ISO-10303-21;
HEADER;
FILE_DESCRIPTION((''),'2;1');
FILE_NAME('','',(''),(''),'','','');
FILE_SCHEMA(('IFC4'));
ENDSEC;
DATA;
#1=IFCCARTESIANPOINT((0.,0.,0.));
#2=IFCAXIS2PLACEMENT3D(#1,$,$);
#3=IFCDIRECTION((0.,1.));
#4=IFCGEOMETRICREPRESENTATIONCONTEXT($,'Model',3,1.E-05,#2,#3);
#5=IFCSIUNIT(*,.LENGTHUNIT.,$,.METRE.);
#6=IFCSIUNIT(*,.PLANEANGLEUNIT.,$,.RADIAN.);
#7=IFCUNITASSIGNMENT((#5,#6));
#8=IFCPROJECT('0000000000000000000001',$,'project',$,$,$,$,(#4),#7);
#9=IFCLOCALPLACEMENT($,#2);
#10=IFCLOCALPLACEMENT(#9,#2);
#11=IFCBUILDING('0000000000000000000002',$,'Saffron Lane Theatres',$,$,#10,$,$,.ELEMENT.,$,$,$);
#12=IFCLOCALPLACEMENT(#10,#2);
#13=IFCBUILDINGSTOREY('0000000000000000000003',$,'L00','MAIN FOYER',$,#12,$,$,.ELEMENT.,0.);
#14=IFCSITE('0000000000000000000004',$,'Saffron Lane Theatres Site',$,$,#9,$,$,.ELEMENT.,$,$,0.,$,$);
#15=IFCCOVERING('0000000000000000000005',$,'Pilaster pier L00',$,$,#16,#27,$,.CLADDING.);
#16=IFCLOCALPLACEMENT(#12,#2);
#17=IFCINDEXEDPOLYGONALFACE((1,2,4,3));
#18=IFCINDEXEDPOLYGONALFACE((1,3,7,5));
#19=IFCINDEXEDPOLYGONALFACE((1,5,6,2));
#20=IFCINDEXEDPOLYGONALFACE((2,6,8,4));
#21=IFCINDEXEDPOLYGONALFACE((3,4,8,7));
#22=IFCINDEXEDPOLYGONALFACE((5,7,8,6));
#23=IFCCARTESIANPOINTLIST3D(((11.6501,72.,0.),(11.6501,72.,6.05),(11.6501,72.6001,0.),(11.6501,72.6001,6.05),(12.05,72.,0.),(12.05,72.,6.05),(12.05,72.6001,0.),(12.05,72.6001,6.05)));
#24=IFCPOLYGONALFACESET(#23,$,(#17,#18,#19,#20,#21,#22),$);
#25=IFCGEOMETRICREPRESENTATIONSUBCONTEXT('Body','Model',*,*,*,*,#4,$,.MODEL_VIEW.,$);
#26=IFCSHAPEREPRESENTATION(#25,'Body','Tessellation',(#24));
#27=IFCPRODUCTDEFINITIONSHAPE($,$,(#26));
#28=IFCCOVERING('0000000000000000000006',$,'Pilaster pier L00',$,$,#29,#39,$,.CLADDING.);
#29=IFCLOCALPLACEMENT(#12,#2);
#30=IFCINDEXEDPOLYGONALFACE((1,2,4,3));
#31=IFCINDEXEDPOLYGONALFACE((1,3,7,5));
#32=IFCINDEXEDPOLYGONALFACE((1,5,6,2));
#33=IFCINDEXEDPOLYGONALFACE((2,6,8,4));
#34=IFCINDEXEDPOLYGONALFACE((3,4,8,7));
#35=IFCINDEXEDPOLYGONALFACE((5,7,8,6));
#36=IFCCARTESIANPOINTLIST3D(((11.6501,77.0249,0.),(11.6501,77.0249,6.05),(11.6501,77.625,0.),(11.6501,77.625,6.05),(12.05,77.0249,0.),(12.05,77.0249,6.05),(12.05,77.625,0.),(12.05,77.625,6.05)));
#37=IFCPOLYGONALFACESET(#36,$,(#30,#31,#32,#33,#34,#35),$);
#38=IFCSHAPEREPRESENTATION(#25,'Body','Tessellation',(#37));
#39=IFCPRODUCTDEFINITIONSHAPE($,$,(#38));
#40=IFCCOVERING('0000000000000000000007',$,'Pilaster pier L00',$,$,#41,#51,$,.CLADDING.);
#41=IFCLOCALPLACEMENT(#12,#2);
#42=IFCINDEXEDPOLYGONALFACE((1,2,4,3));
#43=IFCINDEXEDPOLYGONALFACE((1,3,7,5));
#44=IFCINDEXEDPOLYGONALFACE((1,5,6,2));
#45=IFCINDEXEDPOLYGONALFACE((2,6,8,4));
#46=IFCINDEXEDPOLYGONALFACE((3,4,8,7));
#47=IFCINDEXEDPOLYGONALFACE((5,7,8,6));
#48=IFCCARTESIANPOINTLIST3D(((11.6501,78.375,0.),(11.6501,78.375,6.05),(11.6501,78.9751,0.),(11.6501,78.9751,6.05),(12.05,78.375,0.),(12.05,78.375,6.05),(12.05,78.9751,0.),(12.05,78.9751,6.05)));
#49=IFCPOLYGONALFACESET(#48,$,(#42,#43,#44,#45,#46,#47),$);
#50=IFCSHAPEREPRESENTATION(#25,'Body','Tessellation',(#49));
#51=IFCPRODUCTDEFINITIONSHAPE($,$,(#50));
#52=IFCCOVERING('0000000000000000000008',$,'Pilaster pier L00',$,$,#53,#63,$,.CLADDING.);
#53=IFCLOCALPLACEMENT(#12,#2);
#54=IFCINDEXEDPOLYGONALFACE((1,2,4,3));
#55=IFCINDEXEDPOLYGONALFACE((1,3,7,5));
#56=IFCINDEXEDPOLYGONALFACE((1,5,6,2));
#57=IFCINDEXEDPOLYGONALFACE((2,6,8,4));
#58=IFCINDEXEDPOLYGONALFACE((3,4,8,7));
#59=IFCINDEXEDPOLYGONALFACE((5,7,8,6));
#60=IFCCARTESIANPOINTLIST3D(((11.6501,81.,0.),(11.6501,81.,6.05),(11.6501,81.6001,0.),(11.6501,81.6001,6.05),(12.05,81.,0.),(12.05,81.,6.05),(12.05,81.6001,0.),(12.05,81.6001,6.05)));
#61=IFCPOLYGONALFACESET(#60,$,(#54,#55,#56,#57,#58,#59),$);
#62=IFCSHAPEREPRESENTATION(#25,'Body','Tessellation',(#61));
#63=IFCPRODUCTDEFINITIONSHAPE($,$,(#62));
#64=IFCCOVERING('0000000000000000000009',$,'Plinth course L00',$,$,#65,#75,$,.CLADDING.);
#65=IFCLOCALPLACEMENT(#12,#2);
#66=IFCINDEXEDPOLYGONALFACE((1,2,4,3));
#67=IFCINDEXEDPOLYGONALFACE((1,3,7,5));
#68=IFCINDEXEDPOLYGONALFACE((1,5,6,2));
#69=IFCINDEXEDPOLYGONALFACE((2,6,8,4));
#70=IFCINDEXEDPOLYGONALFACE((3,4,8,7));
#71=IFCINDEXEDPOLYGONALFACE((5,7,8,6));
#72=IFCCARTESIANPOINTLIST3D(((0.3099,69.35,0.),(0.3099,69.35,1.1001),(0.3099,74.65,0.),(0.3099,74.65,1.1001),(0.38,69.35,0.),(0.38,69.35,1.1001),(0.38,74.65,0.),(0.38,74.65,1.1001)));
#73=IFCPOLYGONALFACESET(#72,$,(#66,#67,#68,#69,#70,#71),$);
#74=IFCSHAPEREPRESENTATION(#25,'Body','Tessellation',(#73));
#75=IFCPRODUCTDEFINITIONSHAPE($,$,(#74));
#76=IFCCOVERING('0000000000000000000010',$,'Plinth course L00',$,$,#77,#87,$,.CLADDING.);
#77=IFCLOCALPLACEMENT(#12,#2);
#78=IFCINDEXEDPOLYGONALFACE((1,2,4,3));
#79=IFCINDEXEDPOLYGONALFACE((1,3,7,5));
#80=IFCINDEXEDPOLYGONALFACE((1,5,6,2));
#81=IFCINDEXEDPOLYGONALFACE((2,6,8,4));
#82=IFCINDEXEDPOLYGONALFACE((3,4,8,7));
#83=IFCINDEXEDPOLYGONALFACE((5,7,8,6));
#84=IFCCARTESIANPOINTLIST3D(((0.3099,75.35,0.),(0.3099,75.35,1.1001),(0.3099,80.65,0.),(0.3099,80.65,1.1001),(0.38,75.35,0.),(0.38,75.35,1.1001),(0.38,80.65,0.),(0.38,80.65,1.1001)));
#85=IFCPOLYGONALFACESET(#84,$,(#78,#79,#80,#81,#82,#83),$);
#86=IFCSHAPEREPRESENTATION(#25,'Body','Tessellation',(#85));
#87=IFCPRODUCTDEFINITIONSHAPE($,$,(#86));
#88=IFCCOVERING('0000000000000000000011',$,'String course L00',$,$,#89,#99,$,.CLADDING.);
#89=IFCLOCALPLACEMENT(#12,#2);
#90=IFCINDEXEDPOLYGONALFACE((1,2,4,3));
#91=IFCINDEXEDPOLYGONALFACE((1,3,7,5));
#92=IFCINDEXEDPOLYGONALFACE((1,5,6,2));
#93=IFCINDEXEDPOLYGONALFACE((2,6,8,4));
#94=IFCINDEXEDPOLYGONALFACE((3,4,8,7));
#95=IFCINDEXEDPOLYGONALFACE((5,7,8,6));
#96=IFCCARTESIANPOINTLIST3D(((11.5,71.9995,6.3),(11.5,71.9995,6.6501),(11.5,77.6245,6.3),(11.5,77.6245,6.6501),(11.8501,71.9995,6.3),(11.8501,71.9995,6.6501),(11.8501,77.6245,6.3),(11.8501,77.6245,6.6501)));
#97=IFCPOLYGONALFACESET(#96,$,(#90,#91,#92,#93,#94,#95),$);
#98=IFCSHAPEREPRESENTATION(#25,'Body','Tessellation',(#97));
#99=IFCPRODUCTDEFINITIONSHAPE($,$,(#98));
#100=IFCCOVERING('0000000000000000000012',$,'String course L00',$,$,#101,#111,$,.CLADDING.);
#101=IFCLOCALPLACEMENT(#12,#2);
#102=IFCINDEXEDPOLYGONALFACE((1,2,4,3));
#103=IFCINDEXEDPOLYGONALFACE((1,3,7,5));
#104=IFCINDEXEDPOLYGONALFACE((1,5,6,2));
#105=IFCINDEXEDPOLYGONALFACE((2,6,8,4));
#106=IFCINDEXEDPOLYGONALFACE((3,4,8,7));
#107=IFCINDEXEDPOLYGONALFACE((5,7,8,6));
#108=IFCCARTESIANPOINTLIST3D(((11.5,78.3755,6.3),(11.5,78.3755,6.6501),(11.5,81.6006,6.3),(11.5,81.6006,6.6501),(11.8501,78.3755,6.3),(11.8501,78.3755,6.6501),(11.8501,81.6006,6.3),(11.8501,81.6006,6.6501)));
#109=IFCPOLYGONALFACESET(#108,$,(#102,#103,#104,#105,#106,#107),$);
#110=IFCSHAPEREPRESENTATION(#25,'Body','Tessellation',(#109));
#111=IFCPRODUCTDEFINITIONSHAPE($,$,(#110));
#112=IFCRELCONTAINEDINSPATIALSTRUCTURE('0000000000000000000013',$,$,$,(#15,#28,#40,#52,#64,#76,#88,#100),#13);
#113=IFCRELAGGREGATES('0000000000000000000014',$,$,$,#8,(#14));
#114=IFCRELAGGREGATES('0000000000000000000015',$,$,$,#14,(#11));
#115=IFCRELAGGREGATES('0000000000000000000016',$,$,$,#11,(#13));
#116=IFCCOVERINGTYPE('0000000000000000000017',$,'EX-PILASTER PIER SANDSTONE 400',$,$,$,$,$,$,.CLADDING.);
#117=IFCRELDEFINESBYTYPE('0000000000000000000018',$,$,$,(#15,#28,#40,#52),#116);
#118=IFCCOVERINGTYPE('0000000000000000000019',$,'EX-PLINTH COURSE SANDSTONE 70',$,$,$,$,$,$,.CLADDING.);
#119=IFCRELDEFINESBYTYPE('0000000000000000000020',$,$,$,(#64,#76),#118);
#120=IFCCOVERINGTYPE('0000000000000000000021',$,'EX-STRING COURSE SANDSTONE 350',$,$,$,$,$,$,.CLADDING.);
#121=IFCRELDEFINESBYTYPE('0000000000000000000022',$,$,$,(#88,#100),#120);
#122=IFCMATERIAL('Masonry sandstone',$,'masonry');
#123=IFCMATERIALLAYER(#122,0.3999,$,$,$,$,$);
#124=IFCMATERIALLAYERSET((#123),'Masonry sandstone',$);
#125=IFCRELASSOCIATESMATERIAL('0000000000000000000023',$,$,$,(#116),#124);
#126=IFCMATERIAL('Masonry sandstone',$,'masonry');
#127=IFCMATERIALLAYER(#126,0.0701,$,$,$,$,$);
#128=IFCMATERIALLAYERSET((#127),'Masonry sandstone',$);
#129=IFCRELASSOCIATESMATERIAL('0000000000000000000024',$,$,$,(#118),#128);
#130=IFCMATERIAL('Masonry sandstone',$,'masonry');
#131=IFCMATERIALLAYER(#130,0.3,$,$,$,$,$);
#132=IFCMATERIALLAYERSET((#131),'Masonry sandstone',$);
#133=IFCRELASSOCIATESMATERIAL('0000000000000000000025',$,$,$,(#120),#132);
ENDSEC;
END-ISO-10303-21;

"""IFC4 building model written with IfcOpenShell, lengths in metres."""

from ifc_helpers import new_model, si_unit, direction, frame, origin, origin_2d, place, context, subcontext, project, spatial, rectangle, extrude, material, layer, layer_set, type_object, element, save


model = new_model("IFC4")

# Units and contexts
model_context = context("Model", 3, precision=1e-05, world=origin(), true_north=direction((0.0, 1.0)))
body_context = subcontext(model_context, "Body", "Model", "MODEL_VIEW")
ifc_project = project(units=[si_unit("LENGTHUNIT", "METRE"), si_unit("PLANEANGLEUNIT", "RADIAN")], contexts=[model_context])

# Site, building, storey
site_placement = place(None, origin())
site = spatial("IfcSite", under=ifc_project, at=site_placement, Name="Saffron Lane Theatres Site", CompositionType="ELEMENT", RefElevation=0.0)
building_placement = place(site_placement, origin())
building = spatial("IfcBuilding", under=site, at=building_placement, Name="Saffron Lane Theatres", CompositionType="ELEMENT")
storey_placement = place(building_placement, origin())
storey = spatial("IfcBuildingStorey", under=building, at=storey_placement, Name="L00", Description="MAIN FOYER", CompositionType="ELEMENT", Elevation=0.0)

# Coverings
ifc_material_1 = material(Name="Masonry sandstone", Category="masonry")
ifc_layer_1 = layer(ifc_material_1, 0.3999)
ifc_layer_set_1 = layer_set([ifc_layer_1], Name="Masonry sandstone")
covering_type_1 = type_object("IfcCoveringType", Name="EX-PILASTER PIER SANDSTONE 400", PredefinedType="CLADDING", material=ifc_layer_set_1)
for number, where, z_axis, x_axis, name in (
    (1, (11.8501, 72.3, 0.0), (0.0, 0.0, 1.0), (0.0, 1.0, 0.0), "Pilaster pier L00"),
    (2, (11.8501, 77.325, 0.0), (0.0, 0.0, 1.0), (0.0, 1.0, 0.0), "Pilaster pier L00"),
    (3, (11.8501, 78.675, 0.0), (0.0, 0.0, 1.0), (0.0, 1.0, 0.0), "Pilaster pier L00"),
    (4, (11.8501, 81.3, 0.0), (0.0, 0.0, 1.0), (0.0, 1.0, 0.0), "Pilaster pier L00"),
):
    element("IfcCovering", number, at=place(storey_placement, frame(where, z_axis=z_axis, x_axis=x_axis)), inside=storey, type_object=covering_type_1, Name=name, PredefinedType="CLADDING", context=body_context, shape_type="SweptSolid", body=[
        extrude(rectangle(XDim=0.6001, YDim=0.3999, at=origin_2d()), origin(), (0.0, 0.0, 1.0), 6.05),
    ])
ifc_material_2 = material(Name="Masonry sandstone", Category="masonry")
ifc_layer_2 = layer(ifc_material_2, 0.0701)
ifc_layer_set_2 = layer_set([ifc_layer_2], Name="Masonry sandstone")
covering_type_2 = type_object("IfcCoveringType", Name="EX-PLINTH COURSE SANDSTONE 70", PredefinedType="CLADDING", material=ifc_layer_set_2)
for number, where, z_axis, x_axis, name in (
    (5, (0.345, 72.0, 0.0), (0.0, 0.0, 1.0), (0.0, 1.0, 0.0), "Plinth course L00"),
    (6, (0.345, 78.0, 0.0), (0.0, 0.0, 1.0), (0.0, 1.0, 0.0), "Plinth course L00"),
):
    element("IfcCovering", number, at=place(storey_placement, frame(where, z_axis=z_axis, x_axis=x_axis)), inside=storey, type_object=covering_type_2, Name=name, PredefinedType="CLADDING", context=body_context, shape_type="SweptSolid", body=[
        extrude(rectangle(XDim=5.3, YDim=0.0701, at=origin_2d()), origin(), (0.0, 0.0, 1.0), 1.1001),
    ])
ifc_material_3 = material(Name="Masonry sandstone", Category="masonry")
ifc_layer_3 = layer(ifc_material_3, 0.3)
ifc_layer_set_3 = layer_set([ifc_layer_3], Name="Masonry sandstone")
covering_type_3 = type_object("IfcCoveringType", Name="EX-STRING COURSE SANDSTONE 350", PredefinedType="CLADDING", material=ifc_layer_set_3)
covering_1_placement = place(storey_placement, frame((11.675, 74.812, 6.3), z_axis=(0.0, 0.0, 1.0), x_axis=(0.0, 1.0, 0.0)))
element("IfcCovering", 7, at=covering_1_placement, inside=storey, type_object=covering_type_3, Name="String course L00", PredefinedType="CLADDING", context=body_context, shape_type="SweptSolid", body=[
    extrude(rectangle(XDim=5.625, YDim=0.3501, at=origin_2d()), origin(), (0.0, 0.0, 1.0), 0.3501),
])
covering_2_placement = place(storey_placement, frame((11.675, 79.988, 6.3), z_axis=(0.0, 0.0, 1.0), x_axis=(0.0, 1.0, 0.0)))
element("IfcCovering", 8, at=covering_2_placement, inside=storey, type_object=covering_type_3, Name="String course L00", PredefinedType="CLADDING", context=body_context, shape_type="SweptSolid", body=[
    extrude(rectangle(XDim=3.2251, YDim=0.3501, at=origin_2d()), origin(), (0.0, 0.0, 1.0), 0.3501),
])

save(model, "model.ifc")
